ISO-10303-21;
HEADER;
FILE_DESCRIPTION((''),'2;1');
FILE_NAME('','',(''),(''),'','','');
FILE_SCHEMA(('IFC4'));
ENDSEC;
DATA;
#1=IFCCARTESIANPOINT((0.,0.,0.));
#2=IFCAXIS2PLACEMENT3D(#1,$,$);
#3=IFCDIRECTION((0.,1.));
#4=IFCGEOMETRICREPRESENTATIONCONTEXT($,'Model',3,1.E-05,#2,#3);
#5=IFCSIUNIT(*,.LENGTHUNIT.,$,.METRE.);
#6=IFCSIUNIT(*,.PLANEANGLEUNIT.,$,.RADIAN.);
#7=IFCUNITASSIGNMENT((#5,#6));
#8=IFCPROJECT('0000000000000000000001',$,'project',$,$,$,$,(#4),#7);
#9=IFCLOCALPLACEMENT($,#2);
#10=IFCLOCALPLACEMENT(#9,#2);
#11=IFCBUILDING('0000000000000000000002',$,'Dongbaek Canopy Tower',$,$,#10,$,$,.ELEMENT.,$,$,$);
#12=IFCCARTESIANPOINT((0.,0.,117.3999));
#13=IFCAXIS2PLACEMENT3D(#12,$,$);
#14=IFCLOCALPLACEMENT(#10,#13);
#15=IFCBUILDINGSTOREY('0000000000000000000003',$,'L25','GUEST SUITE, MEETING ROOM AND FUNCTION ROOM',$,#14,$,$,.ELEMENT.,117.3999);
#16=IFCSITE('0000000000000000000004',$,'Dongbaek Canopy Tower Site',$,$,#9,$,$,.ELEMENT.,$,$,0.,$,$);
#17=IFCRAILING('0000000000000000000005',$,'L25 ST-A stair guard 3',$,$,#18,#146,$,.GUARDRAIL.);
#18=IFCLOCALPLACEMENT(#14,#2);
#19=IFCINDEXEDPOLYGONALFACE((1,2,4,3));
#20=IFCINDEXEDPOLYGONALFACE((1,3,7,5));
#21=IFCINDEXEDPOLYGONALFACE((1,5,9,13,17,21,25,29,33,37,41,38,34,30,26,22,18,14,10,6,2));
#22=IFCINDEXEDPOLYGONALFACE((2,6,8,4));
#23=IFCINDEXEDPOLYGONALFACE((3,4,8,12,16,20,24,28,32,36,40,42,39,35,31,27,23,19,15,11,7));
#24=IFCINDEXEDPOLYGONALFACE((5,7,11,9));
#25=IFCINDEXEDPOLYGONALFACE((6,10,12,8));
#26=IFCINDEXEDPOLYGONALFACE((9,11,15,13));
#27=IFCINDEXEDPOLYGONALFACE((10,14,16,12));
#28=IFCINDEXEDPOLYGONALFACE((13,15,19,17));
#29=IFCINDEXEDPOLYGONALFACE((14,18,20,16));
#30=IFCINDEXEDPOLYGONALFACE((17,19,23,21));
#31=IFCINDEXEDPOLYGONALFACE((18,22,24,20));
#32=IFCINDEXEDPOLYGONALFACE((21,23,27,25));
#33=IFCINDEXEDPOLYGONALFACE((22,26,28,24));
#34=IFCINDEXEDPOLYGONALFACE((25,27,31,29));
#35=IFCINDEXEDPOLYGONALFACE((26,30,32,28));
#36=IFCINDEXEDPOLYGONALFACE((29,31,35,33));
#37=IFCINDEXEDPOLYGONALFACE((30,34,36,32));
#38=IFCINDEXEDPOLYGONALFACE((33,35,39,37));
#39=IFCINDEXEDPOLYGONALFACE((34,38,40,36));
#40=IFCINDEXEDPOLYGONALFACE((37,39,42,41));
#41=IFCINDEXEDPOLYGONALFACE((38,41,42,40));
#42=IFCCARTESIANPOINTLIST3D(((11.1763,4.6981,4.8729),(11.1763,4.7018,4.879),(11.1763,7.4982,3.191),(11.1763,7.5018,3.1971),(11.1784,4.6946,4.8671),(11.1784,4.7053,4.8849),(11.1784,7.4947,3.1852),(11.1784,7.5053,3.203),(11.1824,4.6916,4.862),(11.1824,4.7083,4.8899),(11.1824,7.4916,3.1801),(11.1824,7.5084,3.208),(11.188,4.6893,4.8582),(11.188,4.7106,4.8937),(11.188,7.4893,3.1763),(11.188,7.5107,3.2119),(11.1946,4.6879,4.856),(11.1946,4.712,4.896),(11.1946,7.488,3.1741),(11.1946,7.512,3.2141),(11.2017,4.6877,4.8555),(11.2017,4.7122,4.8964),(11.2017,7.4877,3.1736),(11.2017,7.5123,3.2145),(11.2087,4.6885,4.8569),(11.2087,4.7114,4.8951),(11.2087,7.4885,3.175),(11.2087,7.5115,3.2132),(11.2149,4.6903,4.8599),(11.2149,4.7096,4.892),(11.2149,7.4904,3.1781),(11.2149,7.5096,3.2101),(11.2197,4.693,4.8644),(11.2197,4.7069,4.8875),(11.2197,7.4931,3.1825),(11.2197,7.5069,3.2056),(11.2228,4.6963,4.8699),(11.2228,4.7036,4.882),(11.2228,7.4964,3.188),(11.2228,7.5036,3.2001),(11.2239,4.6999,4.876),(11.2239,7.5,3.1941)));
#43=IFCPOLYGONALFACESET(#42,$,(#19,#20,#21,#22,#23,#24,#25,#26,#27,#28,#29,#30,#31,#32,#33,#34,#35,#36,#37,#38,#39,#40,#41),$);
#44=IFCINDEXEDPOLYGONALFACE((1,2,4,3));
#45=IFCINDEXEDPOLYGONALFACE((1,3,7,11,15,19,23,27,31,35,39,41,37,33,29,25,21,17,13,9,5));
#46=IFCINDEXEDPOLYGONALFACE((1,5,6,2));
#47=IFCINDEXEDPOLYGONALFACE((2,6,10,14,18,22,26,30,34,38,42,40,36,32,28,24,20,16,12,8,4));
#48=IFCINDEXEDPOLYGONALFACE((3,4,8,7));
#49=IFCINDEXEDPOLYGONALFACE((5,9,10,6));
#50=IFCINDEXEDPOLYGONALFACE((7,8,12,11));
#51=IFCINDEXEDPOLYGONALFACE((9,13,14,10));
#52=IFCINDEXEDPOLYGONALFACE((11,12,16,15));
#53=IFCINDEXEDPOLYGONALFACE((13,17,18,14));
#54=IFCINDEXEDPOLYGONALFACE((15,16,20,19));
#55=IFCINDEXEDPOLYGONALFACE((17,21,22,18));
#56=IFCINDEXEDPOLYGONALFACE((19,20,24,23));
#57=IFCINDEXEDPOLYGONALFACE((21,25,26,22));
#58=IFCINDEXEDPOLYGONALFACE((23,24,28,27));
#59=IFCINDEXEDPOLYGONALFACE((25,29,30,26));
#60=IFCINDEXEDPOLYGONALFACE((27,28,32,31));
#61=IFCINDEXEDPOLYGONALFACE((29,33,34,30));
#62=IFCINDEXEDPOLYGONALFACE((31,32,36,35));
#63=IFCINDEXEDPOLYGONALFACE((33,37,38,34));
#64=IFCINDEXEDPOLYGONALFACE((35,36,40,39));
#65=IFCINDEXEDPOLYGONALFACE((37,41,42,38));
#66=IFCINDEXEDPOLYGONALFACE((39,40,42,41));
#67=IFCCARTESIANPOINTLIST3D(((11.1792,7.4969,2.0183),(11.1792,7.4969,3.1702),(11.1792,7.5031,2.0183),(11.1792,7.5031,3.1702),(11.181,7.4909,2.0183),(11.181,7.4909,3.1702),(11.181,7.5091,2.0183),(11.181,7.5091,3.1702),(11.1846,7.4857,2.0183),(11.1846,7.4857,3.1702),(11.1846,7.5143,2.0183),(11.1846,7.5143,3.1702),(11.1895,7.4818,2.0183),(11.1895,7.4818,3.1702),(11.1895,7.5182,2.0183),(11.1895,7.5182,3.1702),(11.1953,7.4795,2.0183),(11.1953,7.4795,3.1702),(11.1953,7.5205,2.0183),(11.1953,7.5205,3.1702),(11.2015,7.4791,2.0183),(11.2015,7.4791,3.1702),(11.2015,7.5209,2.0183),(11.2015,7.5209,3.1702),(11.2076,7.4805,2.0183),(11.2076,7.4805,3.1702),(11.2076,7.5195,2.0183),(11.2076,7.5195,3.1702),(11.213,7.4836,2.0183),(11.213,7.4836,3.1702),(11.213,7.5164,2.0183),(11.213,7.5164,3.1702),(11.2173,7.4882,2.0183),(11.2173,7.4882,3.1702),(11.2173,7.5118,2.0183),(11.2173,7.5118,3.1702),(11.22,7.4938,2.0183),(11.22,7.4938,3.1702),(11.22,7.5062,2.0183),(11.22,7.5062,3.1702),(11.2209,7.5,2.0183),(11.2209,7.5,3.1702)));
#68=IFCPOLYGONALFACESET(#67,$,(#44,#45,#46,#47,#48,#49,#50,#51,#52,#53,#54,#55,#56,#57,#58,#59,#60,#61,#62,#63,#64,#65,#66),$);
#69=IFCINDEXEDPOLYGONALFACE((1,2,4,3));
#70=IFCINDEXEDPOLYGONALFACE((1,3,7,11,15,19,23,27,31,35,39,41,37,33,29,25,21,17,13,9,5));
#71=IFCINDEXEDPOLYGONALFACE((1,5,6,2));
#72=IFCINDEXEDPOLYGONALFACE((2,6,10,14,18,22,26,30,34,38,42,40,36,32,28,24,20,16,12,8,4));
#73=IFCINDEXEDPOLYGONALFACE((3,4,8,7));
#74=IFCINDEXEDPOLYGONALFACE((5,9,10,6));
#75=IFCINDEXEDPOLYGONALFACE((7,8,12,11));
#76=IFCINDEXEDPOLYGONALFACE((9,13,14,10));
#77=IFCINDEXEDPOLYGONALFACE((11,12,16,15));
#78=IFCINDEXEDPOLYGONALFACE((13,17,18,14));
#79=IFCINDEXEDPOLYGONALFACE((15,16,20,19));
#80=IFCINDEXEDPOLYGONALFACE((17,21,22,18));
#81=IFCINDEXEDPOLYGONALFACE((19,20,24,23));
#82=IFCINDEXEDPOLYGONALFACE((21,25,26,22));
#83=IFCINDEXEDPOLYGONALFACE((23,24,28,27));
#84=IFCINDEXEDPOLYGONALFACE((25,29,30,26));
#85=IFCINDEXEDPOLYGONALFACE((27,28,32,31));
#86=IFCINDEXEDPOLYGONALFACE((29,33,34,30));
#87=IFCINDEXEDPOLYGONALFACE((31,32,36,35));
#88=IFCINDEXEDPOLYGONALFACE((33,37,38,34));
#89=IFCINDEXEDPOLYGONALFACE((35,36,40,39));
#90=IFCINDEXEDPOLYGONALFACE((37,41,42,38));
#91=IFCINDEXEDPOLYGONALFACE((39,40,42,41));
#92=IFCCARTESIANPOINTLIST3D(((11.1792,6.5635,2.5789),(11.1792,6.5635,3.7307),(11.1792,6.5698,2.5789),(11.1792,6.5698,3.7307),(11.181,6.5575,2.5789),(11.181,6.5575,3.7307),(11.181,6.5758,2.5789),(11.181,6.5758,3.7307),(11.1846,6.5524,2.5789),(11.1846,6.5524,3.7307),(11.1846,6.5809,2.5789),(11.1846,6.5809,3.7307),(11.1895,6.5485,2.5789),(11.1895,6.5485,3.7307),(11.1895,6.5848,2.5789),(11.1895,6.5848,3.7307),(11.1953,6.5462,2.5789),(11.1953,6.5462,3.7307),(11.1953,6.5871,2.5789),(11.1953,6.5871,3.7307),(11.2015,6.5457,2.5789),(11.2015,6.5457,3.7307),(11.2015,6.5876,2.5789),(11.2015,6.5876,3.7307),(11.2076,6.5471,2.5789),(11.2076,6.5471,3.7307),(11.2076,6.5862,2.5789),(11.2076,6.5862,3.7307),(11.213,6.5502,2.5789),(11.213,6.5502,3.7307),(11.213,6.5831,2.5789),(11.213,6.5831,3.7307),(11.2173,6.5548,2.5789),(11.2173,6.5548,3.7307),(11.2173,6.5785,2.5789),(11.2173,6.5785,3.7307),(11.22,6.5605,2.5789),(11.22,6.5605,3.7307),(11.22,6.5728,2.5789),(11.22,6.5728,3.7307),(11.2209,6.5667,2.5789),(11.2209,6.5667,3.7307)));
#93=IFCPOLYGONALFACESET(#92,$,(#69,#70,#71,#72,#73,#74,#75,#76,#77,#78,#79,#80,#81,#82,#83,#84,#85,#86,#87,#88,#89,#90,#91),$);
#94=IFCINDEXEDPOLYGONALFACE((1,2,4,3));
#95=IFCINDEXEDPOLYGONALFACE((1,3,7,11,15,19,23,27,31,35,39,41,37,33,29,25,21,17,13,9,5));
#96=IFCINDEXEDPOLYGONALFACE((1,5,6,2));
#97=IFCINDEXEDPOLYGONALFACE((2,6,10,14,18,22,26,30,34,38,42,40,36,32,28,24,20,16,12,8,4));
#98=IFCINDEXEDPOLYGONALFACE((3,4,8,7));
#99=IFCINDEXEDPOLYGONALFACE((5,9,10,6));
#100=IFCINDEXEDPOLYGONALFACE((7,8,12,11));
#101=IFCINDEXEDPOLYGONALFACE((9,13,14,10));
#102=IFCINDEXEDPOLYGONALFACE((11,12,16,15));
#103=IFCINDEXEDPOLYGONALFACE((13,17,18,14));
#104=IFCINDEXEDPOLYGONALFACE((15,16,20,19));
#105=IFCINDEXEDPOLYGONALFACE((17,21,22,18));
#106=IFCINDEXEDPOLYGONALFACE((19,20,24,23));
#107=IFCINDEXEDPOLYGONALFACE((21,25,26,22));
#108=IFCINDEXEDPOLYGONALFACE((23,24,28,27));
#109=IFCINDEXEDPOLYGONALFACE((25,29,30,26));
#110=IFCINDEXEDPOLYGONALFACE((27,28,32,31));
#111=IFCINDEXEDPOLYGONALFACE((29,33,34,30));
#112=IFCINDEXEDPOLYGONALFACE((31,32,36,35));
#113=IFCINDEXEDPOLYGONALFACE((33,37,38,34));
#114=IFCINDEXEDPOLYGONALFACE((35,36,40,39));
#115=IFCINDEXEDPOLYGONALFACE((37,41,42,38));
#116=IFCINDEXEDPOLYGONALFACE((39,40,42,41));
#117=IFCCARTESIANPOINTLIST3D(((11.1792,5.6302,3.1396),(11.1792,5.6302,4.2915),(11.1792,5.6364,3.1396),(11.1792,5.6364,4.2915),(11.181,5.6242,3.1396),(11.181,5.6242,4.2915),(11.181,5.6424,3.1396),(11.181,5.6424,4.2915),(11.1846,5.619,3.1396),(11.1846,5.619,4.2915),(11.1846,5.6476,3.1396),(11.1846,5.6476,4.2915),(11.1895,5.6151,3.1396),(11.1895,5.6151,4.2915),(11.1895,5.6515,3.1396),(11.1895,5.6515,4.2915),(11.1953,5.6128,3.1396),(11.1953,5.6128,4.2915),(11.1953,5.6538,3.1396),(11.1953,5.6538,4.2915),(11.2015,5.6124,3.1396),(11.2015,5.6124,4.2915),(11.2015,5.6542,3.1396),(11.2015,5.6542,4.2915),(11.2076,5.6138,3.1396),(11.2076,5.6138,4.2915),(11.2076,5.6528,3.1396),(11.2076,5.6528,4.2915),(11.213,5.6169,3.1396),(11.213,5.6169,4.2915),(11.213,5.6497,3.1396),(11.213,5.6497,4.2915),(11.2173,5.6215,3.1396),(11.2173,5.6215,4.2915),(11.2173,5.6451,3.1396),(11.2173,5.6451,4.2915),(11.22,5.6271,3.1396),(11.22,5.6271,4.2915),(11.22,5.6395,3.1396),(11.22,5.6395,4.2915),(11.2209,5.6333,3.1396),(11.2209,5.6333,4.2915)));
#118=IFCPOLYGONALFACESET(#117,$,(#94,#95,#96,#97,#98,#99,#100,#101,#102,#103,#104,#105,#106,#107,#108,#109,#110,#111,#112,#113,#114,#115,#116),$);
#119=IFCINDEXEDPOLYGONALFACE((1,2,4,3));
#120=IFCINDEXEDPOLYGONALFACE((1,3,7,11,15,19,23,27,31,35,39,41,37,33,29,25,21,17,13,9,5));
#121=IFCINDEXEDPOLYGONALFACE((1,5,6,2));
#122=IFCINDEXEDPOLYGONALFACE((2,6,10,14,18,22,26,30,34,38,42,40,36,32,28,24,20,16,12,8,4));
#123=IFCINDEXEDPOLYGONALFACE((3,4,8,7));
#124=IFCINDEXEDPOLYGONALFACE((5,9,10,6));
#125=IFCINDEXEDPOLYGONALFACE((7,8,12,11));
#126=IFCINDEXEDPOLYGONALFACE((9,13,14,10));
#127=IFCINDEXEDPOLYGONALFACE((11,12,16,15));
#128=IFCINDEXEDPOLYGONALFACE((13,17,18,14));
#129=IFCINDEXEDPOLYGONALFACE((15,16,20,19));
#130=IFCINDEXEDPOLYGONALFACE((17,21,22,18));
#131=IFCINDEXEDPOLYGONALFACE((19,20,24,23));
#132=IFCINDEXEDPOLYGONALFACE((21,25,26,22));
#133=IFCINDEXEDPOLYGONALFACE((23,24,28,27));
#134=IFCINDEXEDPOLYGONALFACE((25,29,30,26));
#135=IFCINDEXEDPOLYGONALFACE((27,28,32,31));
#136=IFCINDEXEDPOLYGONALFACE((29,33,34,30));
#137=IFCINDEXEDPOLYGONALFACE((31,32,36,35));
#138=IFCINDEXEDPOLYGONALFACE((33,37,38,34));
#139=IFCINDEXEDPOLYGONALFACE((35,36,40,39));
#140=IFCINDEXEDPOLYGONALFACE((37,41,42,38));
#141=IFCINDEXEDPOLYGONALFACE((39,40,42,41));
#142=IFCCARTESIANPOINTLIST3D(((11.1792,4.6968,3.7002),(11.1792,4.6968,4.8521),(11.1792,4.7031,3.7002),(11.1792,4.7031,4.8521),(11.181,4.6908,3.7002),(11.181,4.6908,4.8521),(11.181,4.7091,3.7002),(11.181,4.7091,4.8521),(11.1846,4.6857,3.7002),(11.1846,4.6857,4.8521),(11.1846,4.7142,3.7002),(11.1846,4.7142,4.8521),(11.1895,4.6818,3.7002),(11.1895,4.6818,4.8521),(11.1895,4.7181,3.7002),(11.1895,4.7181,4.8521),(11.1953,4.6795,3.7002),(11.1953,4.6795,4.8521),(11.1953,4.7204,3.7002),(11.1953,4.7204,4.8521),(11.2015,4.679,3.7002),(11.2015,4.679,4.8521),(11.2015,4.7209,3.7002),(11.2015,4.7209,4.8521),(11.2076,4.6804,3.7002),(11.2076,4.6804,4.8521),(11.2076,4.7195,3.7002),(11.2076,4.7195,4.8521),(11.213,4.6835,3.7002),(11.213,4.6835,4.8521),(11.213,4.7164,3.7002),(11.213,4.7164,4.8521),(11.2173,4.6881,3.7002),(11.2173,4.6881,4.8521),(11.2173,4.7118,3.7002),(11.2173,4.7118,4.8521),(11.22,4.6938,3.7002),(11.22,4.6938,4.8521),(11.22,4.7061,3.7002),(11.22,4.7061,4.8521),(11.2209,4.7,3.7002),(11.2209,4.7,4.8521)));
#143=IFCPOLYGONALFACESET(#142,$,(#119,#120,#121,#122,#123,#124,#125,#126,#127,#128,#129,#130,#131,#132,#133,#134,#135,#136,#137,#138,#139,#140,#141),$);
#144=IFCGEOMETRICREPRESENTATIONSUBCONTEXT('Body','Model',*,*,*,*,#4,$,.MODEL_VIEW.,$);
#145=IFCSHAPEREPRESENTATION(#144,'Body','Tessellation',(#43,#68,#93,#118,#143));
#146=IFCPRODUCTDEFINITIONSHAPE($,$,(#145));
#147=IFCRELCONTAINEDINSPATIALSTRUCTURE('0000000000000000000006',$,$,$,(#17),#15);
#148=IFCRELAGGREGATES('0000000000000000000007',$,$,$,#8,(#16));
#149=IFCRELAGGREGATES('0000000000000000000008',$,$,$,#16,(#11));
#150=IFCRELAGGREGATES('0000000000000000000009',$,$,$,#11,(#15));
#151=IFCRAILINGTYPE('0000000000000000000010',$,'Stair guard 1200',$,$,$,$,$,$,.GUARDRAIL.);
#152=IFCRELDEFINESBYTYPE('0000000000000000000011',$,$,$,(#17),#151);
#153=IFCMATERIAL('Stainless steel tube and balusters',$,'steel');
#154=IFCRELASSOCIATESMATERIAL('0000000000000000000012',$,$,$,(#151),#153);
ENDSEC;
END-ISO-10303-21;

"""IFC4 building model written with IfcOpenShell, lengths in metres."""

from ifc_helpers import new_model, si_unit, direction, frame, origin, origin_2d, place, context, subcontext, project, spatial, circle, extrude, material, type_object, element, save


model = new_model("IFC4")

# Units and contexts
model_context = context("Model", 3, precision=1e-05, world=origin(), true_north=direction((0.0, 1.0)))
body_context = subcontext(model_context, "Body", "Model", "MODEL_VIEW")
ifc_project = project(units=[si_unit("LENGTHUNIT", "METRE"), si_unit("PLANEANGLEUNIT", "RADIAN")], contexts=[model_context])

# Site, building, storey
site_placement = place(None, origin())
site = spatial("IfcSite", under=ifc_project, at=site_placement, Name="Dongbaek Canopy Tower Site", CompositionType="ELEMENT", RefElevation=0.0)
building_placement = place(site_placement, origin())
building = spatial("IfcBuilding", under=site, at=building_placement, Name="Dongbaek Canopy Tower", CompositionType="ELEMENT")
storey_placement = place(building_placement, frame((0.0, 0.0, 117.3999)))
storey = spatial("IfcBuildingStorey", under=building, at=storey_placement, Name="L25", Description="GUEST SUITE, MEETING ROOM AND FUNCTION ROOM", CompositionType="ELEMENT", Elevation=117.3999)

# Railing
ifc_material_1 = material(Name="Stainless steel tube and balusters", Category="steel")
railing_type_1 = type_object("IfcRailingType", Name="Stair guard 1200", PredefinedType="GUARDRAIL", material=ifc_material_1)
railing_1_placement = place(storey_placement, frame((11.2, 7.5, 2.0183)))
element("IfcRailing", 1, at=railing_1_placement, inside=storey, type_object=railing_type_1, Name="L25 ST-A stair guard 3", PredefinedType="GUARDRAIL", context=body_context, shape_type="SweptSolid", body=[
    extrude(circle(Radius=0.0239, at=origin_2d()), frame((0.0, 0.0, 1.1758), z_axis=(0.0, -0.857242, 0.514913), x_axis=(1.0, 0.0, 0.0)), (0.0, 0.0, 1.0), 3.2664),
    extrude(circle(Radius=0.021, at=origin_2d()), origin(), (0.0, 0.0, 1.0), 1.1519),
    extrude(circle(Radius=0.021, at=origin_2d()), frame((0.0, -0.9333, 0.5605)), (0.0, 0.0, 1.0), 1.1519),
    extrude(circle(Radius=0.021, at=origin_2d()), frame((0.0, -1.8667, 1.1213)), (0.0, 0.0, 1.0), 1.1519),
    extrude(circle(Radius=0.021, at=origin_2d()), frame((0.0, -2.8, 1.6819)), (0.0, 0.0, 1.0), 1.1519),
])

save(model, "model.ifc")
